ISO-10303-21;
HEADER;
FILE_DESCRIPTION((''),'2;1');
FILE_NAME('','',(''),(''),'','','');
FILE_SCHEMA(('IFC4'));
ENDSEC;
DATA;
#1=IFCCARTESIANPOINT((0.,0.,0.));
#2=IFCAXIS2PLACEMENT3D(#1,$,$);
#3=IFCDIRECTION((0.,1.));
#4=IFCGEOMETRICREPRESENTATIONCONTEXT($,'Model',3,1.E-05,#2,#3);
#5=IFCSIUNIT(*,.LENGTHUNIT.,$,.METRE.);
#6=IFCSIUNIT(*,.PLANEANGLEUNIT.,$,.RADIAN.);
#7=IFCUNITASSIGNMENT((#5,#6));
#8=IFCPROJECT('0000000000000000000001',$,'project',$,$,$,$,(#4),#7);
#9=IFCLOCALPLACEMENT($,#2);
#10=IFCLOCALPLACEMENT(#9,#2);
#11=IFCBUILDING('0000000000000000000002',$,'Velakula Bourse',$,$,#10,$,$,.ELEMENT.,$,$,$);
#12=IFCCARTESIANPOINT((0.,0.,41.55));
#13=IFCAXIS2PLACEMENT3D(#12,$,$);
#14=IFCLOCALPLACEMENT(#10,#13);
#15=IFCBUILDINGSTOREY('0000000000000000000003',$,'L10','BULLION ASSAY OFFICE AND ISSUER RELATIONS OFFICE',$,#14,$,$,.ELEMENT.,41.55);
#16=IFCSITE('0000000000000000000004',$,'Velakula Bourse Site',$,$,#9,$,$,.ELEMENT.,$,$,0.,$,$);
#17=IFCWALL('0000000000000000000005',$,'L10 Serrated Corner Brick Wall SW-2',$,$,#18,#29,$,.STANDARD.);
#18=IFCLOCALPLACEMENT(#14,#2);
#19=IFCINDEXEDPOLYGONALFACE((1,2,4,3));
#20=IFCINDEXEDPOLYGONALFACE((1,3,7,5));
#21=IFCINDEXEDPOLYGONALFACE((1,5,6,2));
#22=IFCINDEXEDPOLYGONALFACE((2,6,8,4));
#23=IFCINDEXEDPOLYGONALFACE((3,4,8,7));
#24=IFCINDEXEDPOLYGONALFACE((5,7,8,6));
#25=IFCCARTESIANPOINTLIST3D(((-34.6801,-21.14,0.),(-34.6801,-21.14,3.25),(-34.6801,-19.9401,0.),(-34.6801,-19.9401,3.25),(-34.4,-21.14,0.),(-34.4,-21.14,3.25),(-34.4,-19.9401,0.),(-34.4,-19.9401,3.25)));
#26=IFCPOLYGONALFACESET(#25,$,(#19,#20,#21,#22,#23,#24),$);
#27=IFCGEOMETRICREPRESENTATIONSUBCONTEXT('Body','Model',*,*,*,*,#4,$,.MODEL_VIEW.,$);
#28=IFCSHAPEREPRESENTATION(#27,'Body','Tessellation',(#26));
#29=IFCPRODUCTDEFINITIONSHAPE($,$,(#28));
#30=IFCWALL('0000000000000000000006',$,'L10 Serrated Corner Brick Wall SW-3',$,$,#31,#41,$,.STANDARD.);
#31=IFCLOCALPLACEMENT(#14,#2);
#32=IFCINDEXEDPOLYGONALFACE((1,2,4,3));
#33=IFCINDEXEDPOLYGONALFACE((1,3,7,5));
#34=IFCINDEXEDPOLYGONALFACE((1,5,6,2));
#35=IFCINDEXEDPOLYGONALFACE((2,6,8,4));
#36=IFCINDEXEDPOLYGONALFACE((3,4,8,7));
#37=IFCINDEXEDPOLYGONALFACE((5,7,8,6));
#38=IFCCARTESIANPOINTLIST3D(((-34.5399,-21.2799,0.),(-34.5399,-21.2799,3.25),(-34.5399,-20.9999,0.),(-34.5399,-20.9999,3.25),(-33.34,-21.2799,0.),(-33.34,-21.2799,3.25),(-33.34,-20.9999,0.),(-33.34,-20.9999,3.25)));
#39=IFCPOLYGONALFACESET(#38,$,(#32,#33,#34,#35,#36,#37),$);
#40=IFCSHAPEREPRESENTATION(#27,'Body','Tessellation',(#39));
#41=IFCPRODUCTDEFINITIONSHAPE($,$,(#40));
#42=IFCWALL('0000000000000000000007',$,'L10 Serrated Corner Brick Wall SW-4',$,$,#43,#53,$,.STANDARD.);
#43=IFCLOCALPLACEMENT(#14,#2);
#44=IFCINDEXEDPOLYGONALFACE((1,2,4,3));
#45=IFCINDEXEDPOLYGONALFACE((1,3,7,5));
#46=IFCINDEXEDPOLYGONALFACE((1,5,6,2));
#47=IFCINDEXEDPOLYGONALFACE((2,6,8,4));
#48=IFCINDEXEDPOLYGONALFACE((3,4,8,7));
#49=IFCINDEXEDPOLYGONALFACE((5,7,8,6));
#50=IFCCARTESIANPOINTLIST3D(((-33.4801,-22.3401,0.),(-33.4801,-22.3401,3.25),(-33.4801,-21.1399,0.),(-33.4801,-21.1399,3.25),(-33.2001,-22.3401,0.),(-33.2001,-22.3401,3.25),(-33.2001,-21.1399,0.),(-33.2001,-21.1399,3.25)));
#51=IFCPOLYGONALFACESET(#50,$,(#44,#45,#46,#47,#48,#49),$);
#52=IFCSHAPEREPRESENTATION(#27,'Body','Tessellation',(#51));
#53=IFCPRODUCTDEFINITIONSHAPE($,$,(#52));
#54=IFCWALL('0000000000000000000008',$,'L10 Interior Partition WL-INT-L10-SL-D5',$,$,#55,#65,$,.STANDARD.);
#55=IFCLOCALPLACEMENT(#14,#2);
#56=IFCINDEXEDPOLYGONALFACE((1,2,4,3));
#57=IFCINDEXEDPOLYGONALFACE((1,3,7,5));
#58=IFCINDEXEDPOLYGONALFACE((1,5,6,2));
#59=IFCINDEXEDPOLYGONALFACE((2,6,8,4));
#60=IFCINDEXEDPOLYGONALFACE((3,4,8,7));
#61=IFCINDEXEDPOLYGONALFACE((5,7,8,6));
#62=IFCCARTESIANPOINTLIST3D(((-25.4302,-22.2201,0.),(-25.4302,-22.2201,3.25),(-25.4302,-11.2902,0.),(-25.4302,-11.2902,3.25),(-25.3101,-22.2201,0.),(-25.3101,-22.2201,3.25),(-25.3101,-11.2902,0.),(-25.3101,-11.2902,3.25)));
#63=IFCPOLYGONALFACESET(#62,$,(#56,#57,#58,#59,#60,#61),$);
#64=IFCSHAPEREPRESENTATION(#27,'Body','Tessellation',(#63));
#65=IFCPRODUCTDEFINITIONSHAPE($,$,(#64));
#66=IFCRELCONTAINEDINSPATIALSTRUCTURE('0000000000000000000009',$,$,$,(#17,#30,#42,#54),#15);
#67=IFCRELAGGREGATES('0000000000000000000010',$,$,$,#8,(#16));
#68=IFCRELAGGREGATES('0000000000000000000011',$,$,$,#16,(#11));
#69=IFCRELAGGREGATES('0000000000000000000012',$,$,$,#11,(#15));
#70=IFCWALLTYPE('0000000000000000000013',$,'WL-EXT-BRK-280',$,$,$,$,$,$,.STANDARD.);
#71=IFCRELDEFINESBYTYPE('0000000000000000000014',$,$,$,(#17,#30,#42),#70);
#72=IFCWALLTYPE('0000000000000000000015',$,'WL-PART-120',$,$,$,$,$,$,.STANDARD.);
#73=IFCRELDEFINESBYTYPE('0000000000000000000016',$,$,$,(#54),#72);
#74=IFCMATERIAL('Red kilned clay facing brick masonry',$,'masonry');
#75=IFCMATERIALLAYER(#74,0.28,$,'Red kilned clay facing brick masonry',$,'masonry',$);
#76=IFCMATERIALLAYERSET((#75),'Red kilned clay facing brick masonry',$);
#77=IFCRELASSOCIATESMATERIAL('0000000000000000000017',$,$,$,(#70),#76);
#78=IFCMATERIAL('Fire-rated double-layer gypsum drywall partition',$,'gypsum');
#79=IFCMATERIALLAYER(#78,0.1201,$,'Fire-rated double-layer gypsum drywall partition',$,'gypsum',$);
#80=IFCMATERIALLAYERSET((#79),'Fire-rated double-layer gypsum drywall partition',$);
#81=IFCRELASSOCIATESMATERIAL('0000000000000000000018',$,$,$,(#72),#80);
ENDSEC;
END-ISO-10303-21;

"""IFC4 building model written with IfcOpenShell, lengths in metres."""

from ifc_helpers import new_model, si_unit, direction, frame, frame_2d, origin, place, context, subcontext, project, spatial, rectangle, extrude, material, layer, layer_set, type_object, element, save


model = new_model("IFC4")

# Units and contexts
model_context = context("Model", 3, precision=1e-05, world=origin(), true_north=direction((0.0, 1.0)))
body_context = subcontext(model_context, "Body", "Model", "MODEL_VIEW")
ifc_project = project(units=[si_unit("LENGTHUNIT", "METRE"), si_unit("PLANEANGLEUNIT", "RADIAN")], contexts=[model_context])

# Site, building, storey
site_placement = place(None, origin())
site = spatial("IfcSite", under=ifc_project, at=site_placement, Name="Velakula Bourse Site", CompositionType="ELEMENT", RefElevation=0.0)
building_placement = place(site_placement, origin())
building = spatial("IfcBuilding", under=site, at=building_placement, Name="Velakula Bourse", CompositionType="ELEMENT")
storey_placement = place(building_placement, frame((0.0, 0.0, 41.55)))
storey = spatial("IfcBuildingStorey", under=building, at=storey_placement, Name="L10", Description="BULLION ASSAY OFFICE AND ISSUER RELATIONS OFFICE", CompositionType="ELEMENT", Elevation=41.55)

# Shared definitions
ifc_material_1 = material(Name="Red kilned clay facing brick masonry", Category="masonry")
ifc_layer_1 = layer(ifc_material_1, 0.28, Name="Red kilned clay facing brick masonry", Category="masonry")
ifc_layer_set_1 = layer_set([ifc_layer_1], Name="Red kilned clay facing brick masonry")
wall_type_1 = type_object("IfcWallType", Name="WL-EXT-BRK-280", PredefinedType="STANDARD", material=ifc_layer_set_1)

# Walls
for number, where, z_axis, x_axis, name in (
    (1, (-34.54, -19.9399, 0.0), (0.0, 0.0, 1.0), (0.0, -1.0, 0.0), "L10 Serrated Corner Brick Wall SW-2"),
    (2, (-34.54, -21.1399, 0.0), (0.0, 0.0, 1.0), (1.0, 0.0, 0.0), "L10 Serrated Corner Brick Wall SW-3"),
):
    element("IfcWall", number, at=place(storey_placement, frame(where, z_axis=z_axis, x_axis=x_axis)), inside=storey, type_object=wall_type_1, Name=name, PredefinedType="STANDARD", context=body_context, shape_type="SweptSolid", body=[
        extrude(rectangle(XDim=1.2, YDim=0.28, at=frame_2d((0.6001, 0.0))), origin(), (0.0, 0.0, 1.0), 3.25),
    ])
wall_1_placement = place(storey_placement, frame((-33.3401, -21.1399, 0.0), z_axis=(0.0, 0.0, 1.0), x_axis=(0.0, -1.0, 0.0)))
element("IfcWall", 3, at=wall_1_placement, inside=storey, type_object=wall_type_1, Name="L10 Serrated Corner Brick Wall SW-4", PredefinedType="STANDARD", context=body_context, shape_type="SweptSolid", body=[
    extrude(rectangle(XDim=1.2002, YDim=0.28, at=frame_2d((0.6001, 0.0))), origin(), (0.0, 0.0, 1.0), 3.25),
])
ifc_material_2 = material(Name="Fire-rated double-layer gypsum drywall partition", Category="gypsum")
ifc_layer_2 = layer(ifc_material_2, 0.1201, Name="Fire-rated double-layer gypsum drywall partition", Category="gypsum")
ifc_layer_set_2 = layer_set([ifc_layer_2], Name="Fire-rated double-layer gypsum drywall partition")
wall_type_2 = type_object("IfcWallType", Name="WL-PART-120", PredefinedType="STANDARD", material=ifc_layer_set_2)
wall_2_placement = place(storey_placement, frame((-25.3701, -22.22, 0.0), z_axis=(0.0, 0.0, 1.0), x_axis=(0.0, 1.0, 0.0)))
element("IfcWall", 4, at=wall_2_placement, inside=storey, type_object=wall_type_2, Name="L10 Interior Partition WL-INT-L10-SL-D5", PredefinedType="STANDARD", context=body_context, shape_type="SweptSolid", body=[
    extrude(rectangle(XDim=10.9299, YDim=0.1201, at=frame_2d((5.4648, 0.0))), origin(), (0.0, 0.0, 1.0), 3.25),
])

save(model, "model.ifc")
